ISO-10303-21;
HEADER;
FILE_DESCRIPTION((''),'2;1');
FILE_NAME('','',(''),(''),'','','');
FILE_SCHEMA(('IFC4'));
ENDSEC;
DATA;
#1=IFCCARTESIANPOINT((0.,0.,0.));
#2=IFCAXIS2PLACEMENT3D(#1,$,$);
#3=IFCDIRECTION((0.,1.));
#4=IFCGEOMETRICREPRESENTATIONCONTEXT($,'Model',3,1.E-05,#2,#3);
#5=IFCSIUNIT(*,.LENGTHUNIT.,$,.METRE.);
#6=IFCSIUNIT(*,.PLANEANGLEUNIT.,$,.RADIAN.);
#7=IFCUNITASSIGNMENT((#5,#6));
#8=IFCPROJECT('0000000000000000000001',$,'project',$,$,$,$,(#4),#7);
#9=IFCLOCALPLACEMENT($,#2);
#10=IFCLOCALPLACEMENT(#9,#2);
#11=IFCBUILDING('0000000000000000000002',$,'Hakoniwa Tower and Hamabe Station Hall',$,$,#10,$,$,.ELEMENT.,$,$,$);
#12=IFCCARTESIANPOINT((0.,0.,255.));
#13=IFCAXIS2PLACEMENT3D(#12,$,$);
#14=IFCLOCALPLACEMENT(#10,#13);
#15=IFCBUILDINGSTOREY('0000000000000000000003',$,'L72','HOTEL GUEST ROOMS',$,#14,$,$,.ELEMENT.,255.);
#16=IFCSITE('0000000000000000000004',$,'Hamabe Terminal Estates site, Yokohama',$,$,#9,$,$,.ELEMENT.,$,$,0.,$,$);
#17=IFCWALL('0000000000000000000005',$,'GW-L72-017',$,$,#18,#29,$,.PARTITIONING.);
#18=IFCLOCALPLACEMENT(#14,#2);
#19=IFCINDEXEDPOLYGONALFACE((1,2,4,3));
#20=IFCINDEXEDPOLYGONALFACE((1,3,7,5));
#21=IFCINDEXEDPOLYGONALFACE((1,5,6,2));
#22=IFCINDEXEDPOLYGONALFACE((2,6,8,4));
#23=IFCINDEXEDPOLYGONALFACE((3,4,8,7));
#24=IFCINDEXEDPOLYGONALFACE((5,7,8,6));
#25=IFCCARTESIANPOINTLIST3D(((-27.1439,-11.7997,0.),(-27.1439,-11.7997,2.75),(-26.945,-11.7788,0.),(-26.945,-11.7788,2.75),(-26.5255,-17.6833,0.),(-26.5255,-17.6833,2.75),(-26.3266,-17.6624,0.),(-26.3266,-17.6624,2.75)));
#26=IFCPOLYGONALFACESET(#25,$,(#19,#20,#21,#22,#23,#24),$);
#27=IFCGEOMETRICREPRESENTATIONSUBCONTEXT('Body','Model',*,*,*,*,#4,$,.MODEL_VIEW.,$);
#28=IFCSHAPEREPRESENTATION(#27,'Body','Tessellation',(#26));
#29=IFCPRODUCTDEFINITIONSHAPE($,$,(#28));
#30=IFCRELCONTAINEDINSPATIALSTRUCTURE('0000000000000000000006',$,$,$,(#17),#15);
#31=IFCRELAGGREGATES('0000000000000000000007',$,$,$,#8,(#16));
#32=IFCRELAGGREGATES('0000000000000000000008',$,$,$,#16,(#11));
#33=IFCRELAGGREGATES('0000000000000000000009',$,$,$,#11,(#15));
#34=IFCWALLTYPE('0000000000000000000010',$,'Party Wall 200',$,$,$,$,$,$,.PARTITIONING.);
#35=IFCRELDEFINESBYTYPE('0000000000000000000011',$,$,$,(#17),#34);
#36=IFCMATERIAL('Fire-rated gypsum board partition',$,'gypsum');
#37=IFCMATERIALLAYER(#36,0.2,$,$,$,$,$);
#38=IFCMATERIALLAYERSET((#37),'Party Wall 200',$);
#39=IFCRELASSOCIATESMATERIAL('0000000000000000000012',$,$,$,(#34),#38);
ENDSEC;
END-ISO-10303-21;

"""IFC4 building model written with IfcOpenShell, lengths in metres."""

from ifc_helpers import new_model, si_unit, direction, frame, frame_2d, origin, place, context, subcontext, project, spatial, rectangle, extrude, material, layer, layer_set, type_object, element, save


model = new_model("IFC4")

# Units and contexts
model_context = context("Model", 3, precision=1e-05, world=origin(), true_north=direction((0.0, 1.0)))
body_context = subcontext(model_context, "Body", "Model", "MODEL_VIEW")
ifc_project = project(units=[si_unit("LENGTHUNIT", "METRE"), si_unit("PLANEANGLEUNIT", "RADIAN")], contexts=[model_context])

# Site, building, storey
site_placement = place(None, origin())
site = spatial("IfcSite", under=ifc_project, at=site_placement, Name="Hamabe Terminal Estates site, Yokohama", CompositionType="ELEMENT", RefElevation=0.0)
building_placement = place(site_placement, origin())
building = spatial("IfcBuilding", under=site, at=building_placement, Name="Hakoniwa Tower and Hamabe Station Hall", CompositionType="ELEMENT")
storey_placement = place(building_placement, frame((0.0, 0.0, 255.0)))
storey = spatial("IfcBuildingStorey", under=building, at=storey_placement, Name="L72", Description="HOTEL GUEST ROOMS", CompositionType="ELEMENT", Elevation=255.0)

# Wall
ifc_material_1 = material(Name="Fire-rated gypsum board partition", Category="gypsum")
ifc_layer_1 = layer(ifc_material_1, 0.2)
ifc_layer_set_1 = layer_set([ifc_layer_1], Name="Party Wall 200")
wall_type_1 = type_object("IfcWallType", Name="Party Wall 200", PredefinedType="PARTITIONING", material=ifc_layer_set_1)
wall_1_placement = place(storey_placement, frame((-26.426, -17.6729, 0.0), z_axis=(0.0, 0.0, 1.0), x_axis=(-0.104532, 0.994521, 0.0)))
element("IfcWall", 1, at=wall_1_placement, inside=storey, type_object=wall_type_1, Name="GW-L72-017", PredefinedType="PARTITIONING", context=body_context, shape_type="SweptSolid", body=[
    extrude(rectangle(XDim=5.916, YDim=0.2, at=frame_2d((2.958, 0.0))), origin(), (0.0, 0.0, 1.0), 2.75),
])

save(model, "model.ifc")
